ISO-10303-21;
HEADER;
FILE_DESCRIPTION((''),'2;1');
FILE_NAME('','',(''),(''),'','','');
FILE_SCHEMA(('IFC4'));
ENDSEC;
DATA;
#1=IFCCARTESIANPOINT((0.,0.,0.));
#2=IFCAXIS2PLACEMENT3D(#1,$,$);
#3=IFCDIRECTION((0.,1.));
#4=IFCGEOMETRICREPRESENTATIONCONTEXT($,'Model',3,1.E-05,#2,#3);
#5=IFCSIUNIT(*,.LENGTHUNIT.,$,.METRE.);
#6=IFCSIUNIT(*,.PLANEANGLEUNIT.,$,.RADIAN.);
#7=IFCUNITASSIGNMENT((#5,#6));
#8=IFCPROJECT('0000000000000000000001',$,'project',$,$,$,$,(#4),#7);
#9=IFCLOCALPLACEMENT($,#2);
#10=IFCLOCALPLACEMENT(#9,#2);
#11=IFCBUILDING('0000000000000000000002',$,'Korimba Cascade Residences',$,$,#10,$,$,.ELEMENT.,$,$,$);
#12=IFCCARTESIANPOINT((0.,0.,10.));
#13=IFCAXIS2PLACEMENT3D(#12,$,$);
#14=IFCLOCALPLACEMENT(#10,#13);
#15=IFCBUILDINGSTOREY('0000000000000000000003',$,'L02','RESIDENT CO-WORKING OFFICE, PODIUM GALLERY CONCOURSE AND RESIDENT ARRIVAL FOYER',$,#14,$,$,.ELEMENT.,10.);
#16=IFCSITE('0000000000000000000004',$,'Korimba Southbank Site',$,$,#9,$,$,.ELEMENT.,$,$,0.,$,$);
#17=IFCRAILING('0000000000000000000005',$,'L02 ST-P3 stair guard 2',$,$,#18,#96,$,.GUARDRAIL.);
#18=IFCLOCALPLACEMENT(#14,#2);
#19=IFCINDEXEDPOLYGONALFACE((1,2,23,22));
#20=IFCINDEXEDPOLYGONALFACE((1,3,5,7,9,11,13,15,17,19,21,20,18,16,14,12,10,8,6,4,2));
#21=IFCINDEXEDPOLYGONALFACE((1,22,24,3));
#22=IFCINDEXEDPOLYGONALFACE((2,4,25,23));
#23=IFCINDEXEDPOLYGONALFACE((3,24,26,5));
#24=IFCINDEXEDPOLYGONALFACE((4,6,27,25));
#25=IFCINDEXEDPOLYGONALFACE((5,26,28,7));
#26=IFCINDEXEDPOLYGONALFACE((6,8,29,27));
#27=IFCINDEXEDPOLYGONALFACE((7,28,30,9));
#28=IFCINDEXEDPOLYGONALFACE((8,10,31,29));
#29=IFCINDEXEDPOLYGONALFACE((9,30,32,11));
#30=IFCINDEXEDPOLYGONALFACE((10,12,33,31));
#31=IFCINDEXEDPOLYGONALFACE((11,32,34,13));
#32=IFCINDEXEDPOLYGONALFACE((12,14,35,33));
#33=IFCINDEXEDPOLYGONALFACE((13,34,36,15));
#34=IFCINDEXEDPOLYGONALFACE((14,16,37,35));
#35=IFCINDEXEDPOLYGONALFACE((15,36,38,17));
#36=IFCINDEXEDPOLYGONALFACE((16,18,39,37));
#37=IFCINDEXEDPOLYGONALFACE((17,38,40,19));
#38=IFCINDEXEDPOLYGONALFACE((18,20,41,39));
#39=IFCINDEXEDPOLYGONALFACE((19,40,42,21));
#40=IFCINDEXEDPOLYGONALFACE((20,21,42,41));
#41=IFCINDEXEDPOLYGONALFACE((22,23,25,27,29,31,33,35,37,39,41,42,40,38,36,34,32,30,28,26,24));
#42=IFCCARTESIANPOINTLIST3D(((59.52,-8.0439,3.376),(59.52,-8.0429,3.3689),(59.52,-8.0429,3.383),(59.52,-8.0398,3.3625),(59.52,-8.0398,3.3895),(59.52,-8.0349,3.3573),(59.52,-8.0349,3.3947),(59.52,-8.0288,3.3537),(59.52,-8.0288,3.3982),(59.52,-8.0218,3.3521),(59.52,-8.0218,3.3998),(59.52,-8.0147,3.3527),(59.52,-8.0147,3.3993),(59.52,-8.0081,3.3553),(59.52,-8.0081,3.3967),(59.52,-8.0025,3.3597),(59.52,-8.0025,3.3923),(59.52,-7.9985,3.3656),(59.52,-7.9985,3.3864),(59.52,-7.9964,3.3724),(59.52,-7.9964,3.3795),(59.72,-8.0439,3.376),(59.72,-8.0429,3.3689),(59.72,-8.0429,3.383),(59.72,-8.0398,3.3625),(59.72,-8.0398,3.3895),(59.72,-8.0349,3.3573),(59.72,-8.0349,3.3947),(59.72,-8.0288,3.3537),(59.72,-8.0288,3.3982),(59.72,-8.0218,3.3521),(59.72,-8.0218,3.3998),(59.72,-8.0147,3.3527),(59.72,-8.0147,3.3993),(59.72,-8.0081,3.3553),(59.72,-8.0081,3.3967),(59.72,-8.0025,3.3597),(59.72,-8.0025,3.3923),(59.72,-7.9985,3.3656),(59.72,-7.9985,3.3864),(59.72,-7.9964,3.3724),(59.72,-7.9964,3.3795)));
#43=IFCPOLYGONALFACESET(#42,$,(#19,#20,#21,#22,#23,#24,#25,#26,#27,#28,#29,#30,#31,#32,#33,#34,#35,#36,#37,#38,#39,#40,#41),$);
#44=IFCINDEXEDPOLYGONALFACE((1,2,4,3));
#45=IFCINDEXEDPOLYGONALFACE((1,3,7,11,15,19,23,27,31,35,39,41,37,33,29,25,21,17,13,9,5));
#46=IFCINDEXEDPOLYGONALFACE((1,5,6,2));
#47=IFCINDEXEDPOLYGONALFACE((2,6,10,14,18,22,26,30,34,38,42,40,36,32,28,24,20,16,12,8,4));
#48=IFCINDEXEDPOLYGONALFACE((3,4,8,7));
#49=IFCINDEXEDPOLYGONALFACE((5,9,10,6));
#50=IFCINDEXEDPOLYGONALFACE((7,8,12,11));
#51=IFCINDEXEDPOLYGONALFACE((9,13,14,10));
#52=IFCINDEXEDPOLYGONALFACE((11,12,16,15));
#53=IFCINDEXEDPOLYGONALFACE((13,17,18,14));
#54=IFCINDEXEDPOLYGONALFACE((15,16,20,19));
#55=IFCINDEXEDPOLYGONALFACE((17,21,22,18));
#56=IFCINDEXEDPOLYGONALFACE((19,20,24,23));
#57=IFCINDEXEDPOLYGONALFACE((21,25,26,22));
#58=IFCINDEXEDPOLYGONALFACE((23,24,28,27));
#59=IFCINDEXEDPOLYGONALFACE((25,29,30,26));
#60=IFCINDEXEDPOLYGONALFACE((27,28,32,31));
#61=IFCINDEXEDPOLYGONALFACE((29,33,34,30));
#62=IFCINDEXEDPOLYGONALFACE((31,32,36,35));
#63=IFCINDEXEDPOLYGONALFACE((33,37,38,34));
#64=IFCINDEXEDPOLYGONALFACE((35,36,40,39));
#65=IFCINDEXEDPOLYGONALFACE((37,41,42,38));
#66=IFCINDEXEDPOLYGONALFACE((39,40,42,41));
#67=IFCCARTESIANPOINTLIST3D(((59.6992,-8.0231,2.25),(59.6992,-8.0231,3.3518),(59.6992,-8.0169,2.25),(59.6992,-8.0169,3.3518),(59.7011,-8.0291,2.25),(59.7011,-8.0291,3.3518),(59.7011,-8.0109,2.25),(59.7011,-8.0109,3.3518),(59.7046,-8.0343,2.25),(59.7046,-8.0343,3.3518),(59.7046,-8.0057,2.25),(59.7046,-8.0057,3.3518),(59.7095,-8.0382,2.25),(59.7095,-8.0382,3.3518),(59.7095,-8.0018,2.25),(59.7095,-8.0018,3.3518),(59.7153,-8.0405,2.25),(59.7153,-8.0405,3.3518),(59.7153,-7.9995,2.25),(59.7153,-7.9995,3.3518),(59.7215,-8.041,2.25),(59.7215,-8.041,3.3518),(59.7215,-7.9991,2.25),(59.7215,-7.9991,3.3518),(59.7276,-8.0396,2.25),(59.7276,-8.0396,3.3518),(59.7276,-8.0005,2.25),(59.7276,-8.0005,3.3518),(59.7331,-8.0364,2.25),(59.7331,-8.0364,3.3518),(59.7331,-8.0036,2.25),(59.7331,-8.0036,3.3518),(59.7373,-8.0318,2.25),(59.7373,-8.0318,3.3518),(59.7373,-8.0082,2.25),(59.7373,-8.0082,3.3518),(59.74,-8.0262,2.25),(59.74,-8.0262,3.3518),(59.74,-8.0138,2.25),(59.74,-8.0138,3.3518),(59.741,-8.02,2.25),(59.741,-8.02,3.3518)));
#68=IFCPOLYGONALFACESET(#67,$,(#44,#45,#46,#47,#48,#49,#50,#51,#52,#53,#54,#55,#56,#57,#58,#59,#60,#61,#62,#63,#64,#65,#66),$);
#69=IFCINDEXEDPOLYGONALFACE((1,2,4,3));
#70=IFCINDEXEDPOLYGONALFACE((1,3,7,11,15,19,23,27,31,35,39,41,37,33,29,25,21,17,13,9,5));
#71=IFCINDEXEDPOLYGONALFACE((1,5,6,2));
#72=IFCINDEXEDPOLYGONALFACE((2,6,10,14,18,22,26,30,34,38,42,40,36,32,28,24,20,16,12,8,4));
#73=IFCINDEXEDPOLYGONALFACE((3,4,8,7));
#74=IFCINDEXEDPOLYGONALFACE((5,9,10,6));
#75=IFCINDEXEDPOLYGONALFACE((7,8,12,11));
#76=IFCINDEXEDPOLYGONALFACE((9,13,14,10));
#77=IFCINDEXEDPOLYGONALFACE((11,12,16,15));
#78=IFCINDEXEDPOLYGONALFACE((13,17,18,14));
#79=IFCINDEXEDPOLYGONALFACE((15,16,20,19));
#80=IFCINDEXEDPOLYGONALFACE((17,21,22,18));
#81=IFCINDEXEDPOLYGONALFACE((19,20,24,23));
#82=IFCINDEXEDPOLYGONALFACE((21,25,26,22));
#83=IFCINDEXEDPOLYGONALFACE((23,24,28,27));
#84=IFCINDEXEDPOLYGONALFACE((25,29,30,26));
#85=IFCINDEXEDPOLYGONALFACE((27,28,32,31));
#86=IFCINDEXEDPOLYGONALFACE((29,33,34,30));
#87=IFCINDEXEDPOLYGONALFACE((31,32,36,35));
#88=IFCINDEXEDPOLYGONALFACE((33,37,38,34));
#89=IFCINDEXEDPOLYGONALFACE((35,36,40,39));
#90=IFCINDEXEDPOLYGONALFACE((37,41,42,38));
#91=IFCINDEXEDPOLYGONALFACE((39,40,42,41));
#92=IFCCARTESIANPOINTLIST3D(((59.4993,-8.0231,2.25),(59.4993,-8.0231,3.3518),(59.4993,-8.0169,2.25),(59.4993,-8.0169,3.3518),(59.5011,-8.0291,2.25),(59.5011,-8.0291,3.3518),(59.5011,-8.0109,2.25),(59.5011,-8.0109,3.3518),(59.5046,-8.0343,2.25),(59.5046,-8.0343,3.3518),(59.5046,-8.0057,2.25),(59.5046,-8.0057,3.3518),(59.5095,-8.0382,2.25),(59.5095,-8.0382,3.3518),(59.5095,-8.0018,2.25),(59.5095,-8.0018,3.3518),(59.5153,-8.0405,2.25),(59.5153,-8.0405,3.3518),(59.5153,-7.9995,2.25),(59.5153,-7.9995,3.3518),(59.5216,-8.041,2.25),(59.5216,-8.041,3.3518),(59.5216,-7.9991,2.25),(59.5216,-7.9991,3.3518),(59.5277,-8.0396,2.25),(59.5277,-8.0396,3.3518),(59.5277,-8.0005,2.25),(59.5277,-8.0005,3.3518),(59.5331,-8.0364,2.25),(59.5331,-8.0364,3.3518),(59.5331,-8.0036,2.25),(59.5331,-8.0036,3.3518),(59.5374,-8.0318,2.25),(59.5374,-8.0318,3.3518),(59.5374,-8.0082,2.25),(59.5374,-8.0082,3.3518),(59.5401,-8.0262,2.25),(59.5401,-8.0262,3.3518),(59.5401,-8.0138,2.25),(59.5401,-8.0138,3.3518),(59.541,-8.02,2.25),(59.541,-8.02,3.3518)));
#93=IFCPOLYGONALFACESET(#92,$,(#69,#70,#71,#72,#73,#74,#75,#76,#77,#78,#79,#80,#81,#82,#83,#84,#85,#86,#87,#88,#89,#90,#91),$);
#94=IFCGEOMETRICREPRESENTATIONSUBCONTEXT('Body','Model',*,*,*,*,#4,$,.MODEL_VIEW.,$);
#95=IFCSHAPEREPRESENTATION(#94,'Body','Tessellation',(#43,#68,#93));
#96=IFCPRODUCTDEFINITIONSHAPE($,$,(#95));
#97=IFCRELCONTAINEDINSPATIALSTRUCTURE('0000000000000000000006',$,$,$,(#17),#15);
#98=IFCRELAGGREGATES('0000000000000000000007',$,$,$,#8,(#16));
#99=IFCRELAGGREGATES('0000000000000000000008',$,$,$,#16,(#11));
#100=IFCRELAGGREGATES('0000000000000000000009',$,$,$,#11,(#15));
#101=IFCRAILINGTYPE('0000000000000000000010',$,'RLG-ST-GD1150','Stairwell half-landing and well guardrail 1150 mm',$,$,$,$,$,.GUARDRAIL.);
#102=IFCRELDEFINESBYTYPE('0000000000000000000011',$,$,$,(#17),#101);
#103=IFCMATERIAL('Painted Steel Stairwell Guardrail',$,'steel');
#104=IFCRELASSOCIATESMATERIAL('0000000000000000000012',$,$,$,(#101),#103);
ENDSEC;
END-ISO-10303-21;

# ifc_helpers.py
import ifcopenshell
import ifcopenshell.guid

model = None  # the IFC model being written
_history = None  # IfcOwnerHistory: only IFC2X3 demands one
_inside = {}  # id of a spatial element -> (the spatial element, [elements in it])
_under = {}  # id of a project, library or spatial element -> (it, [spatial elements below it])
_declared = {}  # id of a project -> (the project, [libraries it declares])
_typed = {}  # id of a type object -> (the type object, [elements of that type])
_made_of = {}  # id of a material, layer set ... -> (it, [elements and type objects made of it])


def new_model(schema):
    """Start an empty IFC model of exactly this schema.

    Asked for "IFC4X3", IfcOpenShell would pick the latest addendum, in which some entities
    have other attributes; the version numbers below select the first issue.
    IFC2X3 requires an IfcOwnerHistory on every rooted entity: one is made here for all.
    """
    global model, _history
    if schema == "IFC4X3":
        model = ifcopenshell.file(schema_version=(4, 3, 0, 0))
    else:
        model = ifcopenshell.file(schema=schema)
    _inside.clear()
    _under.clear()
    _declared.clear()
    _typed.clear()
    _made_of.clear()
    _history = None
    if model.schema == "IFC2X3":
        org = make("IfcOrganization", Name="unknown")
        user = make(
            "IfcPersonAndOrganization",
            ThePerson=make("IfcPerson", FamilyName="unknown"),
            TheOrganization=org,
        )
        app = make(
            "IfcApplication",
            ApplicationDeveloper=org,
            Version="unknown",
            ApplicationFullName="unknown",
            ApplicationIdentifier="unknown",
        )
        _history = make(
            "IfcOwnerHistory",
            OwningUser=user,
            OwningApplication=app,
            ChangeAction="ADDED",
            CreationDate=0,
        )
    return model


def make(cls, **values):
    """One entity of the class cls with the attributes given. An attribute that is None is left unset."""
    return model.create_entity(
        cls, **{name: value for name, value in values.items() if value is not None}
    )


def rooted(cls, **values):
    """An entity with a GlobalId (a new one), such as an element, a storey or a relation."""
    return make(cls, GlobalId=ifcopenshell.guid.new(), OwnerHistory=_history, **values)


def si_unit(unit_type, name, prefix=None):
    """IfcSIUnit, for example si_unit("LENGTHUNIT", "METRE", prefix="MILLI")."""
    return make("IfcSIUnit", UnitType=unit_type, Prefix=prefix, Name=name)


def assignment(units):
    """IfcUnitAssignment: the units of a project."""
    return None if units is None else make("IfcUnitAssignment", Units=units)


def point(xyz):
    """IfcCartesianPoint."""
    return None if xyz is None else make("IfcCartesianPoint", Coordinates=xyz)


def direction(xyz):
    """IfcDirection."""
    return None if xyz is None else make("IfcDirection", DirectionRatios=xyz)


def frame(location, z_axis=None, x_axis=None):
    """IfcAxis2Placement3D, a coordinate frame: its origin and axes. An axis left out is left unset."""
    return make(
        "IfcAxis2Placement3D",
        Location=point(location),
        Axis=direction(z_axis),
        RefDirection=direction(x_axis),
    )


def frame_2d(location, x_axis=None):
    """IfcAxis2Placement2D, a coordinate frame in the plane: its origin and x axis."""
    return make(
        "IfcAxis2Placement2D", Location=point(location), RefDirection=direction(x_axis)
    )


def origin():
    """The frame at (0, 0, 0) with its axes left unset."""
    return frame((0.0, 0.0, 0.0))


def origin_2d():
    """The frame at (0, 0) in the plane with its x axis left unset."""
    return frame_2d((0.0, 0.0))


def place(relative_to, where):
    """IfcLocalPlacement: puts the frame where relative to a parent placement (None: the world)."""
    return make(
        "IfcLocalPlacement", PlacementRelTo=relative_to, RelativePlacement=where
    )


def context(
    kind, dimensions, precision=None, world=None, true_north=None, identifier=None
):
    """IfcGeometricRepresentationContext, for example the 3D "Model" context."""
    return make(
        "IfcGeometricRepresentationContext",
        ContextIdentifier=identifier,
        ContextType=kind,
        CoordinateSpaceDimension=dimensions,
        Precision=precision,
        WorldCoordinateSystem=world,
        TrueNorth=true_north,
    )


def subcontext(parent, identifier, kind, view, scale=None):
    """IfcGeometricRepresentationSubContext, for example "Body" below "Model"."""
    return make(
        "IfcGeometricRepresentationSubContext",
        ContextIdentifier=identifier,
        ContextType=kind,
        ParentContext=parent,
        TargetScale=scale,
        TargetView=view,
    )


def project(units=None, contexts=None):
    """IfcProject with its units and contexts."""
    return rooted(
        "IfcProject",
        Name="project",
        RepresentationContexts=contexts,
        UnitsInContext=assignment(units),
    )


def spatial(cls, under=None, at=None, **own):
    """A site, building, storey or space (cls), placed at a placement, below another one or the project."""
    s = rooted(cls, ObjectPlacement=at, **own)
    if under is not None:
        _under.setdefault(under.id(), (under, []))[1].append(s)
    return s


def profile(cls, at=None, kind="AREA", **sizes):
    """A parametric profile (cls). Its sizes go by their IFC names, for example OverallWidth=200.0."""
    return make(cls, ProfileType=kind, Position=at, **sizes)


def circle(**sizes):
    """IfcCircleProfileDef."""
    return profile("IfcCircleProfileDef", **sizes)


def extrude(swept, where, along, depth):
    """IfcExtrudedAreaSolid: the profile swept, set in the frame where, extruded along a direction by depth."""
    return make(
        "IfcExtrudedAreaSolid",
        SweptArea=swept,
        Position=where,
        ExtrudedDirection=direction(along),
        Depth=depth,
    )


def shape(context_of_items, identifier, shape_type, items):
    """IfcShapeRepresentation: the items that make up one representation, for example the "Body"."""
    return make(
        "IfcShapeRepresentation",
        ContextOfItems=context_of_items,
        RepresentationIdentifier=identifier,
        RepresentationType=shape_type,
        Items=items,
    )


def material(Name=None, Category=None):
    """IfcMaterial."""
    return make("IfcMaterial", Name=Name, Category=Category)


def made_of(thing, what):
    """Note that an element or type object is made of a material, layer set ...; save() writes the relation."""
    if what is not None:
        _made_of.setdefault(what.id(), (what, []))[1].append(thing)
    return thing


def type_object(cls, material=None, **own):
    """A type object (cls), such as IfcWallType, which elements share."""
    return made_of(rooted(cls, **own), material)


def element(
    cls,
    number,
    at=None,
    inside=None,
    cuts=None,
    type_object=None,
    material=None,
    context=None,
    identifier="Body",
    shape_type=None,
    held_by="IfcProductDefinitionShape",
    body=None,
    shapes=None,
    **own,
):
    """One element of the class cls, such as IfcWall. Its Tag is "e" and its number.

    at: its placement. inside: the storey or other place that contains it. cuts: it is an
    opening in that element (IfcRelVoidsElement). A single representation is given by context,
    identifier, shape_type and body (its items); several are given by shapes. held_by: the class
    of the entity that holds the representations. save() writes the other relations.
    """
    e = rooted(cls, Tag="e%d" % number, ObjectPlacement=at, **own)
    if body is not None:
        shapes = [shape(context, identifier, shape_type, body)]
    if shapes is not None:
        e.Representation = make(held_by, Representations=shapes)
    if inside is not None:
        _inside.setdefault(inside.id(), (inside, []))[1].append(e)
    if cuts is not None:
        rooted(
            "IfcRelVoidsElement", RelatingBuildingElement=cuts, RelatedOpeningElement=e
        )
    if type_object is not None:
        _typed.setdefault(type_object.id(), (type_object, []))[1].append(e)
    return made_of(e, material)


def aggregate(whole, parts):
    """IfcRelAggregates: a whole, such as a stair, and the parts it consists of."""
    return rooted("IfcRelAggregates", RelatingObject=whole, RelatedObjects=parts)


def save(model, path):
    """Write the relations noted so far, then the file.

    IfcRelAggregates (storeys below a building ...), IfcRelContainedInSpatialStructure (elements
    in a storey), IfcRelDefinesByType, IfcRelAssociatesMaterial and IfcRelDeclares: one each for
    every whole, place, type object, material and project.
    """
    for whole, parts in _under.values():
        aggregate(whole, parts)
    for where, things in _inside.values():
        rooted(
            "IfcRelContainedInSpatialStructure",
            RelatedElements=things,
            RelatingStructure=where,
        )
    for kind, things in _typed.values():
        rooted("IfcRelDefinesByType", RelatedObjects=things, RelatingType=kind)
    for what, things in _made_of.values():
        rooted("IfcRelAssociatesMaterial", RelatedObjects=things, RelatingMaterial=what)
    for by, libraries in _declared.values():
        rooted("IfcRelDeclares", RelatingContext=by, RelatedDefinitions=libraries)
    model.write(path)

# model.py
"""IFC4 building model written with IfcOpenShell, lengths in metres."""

from ifc_helpers import new_model, si_unit, direction, frame, origin, origin_2d, place, context, subcontext, project, spatial, circle, extrude, material, type_object, element, save


model = new_model("IFC4")

# Units and contexts
model_context = context("Model", 3, precision=1e-05, world=origin(), true_north=direction((0.0, 1.0)))
body_context = subcontext(model_context, "Body", "Model", "MODEL_VIEW")
ifc_project = project(units=[si_unit("LENGTHUNIT", "METRE"), si_unit("PLANEANGLEUNIT", "RADIAN")], contexts=[model_context])

# Site, building, storey
site_placement = place(None, origin())
site = spatial("IfcSite", under=ifc_project, at=site_placement, Name="Korimba Southbank Site", CompositionType="ELEMENT", RefElevation=0.0)
building_placement = place(site_placement, origin())
building = spatial("IfcBuilding", under=site, at=building_placement, Name="Korimba Cascade Residences", CompositionType="ELEMENT")
storey_placement = place(building_placement, frame((0.0, 0.0, 10.0)))
storey = spatial("IfcBuildingStorey", under=building, at=storey_placement, Name="L02", Description="RESIDENT CO-WORKING OFFICE, PODIUM GALLERY CONCOURSE AND RESIDENT ARRIVAL FOYER", CompositionType="ELEMENT", Elevation=10.0)

# Railing
ifc_material_1 = material(Name="Painted Steel Stairwell Guardrail", Category="steel")
railing_type_1 = type_object("IfcRailingType", Name="RLG-ST-GD1150", Description="Stairwell half-landing and well guardrail 1150 mm", PredefinedType="GUARDRAIL", material=ifc_material_1)
railing_1_placement = place(storey_placement, frame((59.72, -8.02, 2.25)))
element("IfcRailing", 1, at=railing_1_placement, inside=storey, type_object=railing_type_1, Name="L02 ST-P3 stair guard 2", PredefinedType="GUARDRAIL", context=body_context, shape_type="SweptSolid", body=[
    extrude(circle(Radius=0.0239, at=origin_2d()), frame((0.0, 0.0, 1.126), z_axis=(-1.0, 0.0, 0.0), x_axis=(0.0, -1.0, 0.0)), (0.0, 0.0, 1.0), 0.2),
    extrude(circle(Radius=0.021, at=origin_2d()), origin(), (0.0, 0.0, 1.0), 1.1018),
    extrude(circle(Radius=0.021, at=origin_2d()), frame((-0.2, 0.0, 0.0)), (0.0, 0.0, 1.0), 1.1018),
])

save(model, "model.ifc")
